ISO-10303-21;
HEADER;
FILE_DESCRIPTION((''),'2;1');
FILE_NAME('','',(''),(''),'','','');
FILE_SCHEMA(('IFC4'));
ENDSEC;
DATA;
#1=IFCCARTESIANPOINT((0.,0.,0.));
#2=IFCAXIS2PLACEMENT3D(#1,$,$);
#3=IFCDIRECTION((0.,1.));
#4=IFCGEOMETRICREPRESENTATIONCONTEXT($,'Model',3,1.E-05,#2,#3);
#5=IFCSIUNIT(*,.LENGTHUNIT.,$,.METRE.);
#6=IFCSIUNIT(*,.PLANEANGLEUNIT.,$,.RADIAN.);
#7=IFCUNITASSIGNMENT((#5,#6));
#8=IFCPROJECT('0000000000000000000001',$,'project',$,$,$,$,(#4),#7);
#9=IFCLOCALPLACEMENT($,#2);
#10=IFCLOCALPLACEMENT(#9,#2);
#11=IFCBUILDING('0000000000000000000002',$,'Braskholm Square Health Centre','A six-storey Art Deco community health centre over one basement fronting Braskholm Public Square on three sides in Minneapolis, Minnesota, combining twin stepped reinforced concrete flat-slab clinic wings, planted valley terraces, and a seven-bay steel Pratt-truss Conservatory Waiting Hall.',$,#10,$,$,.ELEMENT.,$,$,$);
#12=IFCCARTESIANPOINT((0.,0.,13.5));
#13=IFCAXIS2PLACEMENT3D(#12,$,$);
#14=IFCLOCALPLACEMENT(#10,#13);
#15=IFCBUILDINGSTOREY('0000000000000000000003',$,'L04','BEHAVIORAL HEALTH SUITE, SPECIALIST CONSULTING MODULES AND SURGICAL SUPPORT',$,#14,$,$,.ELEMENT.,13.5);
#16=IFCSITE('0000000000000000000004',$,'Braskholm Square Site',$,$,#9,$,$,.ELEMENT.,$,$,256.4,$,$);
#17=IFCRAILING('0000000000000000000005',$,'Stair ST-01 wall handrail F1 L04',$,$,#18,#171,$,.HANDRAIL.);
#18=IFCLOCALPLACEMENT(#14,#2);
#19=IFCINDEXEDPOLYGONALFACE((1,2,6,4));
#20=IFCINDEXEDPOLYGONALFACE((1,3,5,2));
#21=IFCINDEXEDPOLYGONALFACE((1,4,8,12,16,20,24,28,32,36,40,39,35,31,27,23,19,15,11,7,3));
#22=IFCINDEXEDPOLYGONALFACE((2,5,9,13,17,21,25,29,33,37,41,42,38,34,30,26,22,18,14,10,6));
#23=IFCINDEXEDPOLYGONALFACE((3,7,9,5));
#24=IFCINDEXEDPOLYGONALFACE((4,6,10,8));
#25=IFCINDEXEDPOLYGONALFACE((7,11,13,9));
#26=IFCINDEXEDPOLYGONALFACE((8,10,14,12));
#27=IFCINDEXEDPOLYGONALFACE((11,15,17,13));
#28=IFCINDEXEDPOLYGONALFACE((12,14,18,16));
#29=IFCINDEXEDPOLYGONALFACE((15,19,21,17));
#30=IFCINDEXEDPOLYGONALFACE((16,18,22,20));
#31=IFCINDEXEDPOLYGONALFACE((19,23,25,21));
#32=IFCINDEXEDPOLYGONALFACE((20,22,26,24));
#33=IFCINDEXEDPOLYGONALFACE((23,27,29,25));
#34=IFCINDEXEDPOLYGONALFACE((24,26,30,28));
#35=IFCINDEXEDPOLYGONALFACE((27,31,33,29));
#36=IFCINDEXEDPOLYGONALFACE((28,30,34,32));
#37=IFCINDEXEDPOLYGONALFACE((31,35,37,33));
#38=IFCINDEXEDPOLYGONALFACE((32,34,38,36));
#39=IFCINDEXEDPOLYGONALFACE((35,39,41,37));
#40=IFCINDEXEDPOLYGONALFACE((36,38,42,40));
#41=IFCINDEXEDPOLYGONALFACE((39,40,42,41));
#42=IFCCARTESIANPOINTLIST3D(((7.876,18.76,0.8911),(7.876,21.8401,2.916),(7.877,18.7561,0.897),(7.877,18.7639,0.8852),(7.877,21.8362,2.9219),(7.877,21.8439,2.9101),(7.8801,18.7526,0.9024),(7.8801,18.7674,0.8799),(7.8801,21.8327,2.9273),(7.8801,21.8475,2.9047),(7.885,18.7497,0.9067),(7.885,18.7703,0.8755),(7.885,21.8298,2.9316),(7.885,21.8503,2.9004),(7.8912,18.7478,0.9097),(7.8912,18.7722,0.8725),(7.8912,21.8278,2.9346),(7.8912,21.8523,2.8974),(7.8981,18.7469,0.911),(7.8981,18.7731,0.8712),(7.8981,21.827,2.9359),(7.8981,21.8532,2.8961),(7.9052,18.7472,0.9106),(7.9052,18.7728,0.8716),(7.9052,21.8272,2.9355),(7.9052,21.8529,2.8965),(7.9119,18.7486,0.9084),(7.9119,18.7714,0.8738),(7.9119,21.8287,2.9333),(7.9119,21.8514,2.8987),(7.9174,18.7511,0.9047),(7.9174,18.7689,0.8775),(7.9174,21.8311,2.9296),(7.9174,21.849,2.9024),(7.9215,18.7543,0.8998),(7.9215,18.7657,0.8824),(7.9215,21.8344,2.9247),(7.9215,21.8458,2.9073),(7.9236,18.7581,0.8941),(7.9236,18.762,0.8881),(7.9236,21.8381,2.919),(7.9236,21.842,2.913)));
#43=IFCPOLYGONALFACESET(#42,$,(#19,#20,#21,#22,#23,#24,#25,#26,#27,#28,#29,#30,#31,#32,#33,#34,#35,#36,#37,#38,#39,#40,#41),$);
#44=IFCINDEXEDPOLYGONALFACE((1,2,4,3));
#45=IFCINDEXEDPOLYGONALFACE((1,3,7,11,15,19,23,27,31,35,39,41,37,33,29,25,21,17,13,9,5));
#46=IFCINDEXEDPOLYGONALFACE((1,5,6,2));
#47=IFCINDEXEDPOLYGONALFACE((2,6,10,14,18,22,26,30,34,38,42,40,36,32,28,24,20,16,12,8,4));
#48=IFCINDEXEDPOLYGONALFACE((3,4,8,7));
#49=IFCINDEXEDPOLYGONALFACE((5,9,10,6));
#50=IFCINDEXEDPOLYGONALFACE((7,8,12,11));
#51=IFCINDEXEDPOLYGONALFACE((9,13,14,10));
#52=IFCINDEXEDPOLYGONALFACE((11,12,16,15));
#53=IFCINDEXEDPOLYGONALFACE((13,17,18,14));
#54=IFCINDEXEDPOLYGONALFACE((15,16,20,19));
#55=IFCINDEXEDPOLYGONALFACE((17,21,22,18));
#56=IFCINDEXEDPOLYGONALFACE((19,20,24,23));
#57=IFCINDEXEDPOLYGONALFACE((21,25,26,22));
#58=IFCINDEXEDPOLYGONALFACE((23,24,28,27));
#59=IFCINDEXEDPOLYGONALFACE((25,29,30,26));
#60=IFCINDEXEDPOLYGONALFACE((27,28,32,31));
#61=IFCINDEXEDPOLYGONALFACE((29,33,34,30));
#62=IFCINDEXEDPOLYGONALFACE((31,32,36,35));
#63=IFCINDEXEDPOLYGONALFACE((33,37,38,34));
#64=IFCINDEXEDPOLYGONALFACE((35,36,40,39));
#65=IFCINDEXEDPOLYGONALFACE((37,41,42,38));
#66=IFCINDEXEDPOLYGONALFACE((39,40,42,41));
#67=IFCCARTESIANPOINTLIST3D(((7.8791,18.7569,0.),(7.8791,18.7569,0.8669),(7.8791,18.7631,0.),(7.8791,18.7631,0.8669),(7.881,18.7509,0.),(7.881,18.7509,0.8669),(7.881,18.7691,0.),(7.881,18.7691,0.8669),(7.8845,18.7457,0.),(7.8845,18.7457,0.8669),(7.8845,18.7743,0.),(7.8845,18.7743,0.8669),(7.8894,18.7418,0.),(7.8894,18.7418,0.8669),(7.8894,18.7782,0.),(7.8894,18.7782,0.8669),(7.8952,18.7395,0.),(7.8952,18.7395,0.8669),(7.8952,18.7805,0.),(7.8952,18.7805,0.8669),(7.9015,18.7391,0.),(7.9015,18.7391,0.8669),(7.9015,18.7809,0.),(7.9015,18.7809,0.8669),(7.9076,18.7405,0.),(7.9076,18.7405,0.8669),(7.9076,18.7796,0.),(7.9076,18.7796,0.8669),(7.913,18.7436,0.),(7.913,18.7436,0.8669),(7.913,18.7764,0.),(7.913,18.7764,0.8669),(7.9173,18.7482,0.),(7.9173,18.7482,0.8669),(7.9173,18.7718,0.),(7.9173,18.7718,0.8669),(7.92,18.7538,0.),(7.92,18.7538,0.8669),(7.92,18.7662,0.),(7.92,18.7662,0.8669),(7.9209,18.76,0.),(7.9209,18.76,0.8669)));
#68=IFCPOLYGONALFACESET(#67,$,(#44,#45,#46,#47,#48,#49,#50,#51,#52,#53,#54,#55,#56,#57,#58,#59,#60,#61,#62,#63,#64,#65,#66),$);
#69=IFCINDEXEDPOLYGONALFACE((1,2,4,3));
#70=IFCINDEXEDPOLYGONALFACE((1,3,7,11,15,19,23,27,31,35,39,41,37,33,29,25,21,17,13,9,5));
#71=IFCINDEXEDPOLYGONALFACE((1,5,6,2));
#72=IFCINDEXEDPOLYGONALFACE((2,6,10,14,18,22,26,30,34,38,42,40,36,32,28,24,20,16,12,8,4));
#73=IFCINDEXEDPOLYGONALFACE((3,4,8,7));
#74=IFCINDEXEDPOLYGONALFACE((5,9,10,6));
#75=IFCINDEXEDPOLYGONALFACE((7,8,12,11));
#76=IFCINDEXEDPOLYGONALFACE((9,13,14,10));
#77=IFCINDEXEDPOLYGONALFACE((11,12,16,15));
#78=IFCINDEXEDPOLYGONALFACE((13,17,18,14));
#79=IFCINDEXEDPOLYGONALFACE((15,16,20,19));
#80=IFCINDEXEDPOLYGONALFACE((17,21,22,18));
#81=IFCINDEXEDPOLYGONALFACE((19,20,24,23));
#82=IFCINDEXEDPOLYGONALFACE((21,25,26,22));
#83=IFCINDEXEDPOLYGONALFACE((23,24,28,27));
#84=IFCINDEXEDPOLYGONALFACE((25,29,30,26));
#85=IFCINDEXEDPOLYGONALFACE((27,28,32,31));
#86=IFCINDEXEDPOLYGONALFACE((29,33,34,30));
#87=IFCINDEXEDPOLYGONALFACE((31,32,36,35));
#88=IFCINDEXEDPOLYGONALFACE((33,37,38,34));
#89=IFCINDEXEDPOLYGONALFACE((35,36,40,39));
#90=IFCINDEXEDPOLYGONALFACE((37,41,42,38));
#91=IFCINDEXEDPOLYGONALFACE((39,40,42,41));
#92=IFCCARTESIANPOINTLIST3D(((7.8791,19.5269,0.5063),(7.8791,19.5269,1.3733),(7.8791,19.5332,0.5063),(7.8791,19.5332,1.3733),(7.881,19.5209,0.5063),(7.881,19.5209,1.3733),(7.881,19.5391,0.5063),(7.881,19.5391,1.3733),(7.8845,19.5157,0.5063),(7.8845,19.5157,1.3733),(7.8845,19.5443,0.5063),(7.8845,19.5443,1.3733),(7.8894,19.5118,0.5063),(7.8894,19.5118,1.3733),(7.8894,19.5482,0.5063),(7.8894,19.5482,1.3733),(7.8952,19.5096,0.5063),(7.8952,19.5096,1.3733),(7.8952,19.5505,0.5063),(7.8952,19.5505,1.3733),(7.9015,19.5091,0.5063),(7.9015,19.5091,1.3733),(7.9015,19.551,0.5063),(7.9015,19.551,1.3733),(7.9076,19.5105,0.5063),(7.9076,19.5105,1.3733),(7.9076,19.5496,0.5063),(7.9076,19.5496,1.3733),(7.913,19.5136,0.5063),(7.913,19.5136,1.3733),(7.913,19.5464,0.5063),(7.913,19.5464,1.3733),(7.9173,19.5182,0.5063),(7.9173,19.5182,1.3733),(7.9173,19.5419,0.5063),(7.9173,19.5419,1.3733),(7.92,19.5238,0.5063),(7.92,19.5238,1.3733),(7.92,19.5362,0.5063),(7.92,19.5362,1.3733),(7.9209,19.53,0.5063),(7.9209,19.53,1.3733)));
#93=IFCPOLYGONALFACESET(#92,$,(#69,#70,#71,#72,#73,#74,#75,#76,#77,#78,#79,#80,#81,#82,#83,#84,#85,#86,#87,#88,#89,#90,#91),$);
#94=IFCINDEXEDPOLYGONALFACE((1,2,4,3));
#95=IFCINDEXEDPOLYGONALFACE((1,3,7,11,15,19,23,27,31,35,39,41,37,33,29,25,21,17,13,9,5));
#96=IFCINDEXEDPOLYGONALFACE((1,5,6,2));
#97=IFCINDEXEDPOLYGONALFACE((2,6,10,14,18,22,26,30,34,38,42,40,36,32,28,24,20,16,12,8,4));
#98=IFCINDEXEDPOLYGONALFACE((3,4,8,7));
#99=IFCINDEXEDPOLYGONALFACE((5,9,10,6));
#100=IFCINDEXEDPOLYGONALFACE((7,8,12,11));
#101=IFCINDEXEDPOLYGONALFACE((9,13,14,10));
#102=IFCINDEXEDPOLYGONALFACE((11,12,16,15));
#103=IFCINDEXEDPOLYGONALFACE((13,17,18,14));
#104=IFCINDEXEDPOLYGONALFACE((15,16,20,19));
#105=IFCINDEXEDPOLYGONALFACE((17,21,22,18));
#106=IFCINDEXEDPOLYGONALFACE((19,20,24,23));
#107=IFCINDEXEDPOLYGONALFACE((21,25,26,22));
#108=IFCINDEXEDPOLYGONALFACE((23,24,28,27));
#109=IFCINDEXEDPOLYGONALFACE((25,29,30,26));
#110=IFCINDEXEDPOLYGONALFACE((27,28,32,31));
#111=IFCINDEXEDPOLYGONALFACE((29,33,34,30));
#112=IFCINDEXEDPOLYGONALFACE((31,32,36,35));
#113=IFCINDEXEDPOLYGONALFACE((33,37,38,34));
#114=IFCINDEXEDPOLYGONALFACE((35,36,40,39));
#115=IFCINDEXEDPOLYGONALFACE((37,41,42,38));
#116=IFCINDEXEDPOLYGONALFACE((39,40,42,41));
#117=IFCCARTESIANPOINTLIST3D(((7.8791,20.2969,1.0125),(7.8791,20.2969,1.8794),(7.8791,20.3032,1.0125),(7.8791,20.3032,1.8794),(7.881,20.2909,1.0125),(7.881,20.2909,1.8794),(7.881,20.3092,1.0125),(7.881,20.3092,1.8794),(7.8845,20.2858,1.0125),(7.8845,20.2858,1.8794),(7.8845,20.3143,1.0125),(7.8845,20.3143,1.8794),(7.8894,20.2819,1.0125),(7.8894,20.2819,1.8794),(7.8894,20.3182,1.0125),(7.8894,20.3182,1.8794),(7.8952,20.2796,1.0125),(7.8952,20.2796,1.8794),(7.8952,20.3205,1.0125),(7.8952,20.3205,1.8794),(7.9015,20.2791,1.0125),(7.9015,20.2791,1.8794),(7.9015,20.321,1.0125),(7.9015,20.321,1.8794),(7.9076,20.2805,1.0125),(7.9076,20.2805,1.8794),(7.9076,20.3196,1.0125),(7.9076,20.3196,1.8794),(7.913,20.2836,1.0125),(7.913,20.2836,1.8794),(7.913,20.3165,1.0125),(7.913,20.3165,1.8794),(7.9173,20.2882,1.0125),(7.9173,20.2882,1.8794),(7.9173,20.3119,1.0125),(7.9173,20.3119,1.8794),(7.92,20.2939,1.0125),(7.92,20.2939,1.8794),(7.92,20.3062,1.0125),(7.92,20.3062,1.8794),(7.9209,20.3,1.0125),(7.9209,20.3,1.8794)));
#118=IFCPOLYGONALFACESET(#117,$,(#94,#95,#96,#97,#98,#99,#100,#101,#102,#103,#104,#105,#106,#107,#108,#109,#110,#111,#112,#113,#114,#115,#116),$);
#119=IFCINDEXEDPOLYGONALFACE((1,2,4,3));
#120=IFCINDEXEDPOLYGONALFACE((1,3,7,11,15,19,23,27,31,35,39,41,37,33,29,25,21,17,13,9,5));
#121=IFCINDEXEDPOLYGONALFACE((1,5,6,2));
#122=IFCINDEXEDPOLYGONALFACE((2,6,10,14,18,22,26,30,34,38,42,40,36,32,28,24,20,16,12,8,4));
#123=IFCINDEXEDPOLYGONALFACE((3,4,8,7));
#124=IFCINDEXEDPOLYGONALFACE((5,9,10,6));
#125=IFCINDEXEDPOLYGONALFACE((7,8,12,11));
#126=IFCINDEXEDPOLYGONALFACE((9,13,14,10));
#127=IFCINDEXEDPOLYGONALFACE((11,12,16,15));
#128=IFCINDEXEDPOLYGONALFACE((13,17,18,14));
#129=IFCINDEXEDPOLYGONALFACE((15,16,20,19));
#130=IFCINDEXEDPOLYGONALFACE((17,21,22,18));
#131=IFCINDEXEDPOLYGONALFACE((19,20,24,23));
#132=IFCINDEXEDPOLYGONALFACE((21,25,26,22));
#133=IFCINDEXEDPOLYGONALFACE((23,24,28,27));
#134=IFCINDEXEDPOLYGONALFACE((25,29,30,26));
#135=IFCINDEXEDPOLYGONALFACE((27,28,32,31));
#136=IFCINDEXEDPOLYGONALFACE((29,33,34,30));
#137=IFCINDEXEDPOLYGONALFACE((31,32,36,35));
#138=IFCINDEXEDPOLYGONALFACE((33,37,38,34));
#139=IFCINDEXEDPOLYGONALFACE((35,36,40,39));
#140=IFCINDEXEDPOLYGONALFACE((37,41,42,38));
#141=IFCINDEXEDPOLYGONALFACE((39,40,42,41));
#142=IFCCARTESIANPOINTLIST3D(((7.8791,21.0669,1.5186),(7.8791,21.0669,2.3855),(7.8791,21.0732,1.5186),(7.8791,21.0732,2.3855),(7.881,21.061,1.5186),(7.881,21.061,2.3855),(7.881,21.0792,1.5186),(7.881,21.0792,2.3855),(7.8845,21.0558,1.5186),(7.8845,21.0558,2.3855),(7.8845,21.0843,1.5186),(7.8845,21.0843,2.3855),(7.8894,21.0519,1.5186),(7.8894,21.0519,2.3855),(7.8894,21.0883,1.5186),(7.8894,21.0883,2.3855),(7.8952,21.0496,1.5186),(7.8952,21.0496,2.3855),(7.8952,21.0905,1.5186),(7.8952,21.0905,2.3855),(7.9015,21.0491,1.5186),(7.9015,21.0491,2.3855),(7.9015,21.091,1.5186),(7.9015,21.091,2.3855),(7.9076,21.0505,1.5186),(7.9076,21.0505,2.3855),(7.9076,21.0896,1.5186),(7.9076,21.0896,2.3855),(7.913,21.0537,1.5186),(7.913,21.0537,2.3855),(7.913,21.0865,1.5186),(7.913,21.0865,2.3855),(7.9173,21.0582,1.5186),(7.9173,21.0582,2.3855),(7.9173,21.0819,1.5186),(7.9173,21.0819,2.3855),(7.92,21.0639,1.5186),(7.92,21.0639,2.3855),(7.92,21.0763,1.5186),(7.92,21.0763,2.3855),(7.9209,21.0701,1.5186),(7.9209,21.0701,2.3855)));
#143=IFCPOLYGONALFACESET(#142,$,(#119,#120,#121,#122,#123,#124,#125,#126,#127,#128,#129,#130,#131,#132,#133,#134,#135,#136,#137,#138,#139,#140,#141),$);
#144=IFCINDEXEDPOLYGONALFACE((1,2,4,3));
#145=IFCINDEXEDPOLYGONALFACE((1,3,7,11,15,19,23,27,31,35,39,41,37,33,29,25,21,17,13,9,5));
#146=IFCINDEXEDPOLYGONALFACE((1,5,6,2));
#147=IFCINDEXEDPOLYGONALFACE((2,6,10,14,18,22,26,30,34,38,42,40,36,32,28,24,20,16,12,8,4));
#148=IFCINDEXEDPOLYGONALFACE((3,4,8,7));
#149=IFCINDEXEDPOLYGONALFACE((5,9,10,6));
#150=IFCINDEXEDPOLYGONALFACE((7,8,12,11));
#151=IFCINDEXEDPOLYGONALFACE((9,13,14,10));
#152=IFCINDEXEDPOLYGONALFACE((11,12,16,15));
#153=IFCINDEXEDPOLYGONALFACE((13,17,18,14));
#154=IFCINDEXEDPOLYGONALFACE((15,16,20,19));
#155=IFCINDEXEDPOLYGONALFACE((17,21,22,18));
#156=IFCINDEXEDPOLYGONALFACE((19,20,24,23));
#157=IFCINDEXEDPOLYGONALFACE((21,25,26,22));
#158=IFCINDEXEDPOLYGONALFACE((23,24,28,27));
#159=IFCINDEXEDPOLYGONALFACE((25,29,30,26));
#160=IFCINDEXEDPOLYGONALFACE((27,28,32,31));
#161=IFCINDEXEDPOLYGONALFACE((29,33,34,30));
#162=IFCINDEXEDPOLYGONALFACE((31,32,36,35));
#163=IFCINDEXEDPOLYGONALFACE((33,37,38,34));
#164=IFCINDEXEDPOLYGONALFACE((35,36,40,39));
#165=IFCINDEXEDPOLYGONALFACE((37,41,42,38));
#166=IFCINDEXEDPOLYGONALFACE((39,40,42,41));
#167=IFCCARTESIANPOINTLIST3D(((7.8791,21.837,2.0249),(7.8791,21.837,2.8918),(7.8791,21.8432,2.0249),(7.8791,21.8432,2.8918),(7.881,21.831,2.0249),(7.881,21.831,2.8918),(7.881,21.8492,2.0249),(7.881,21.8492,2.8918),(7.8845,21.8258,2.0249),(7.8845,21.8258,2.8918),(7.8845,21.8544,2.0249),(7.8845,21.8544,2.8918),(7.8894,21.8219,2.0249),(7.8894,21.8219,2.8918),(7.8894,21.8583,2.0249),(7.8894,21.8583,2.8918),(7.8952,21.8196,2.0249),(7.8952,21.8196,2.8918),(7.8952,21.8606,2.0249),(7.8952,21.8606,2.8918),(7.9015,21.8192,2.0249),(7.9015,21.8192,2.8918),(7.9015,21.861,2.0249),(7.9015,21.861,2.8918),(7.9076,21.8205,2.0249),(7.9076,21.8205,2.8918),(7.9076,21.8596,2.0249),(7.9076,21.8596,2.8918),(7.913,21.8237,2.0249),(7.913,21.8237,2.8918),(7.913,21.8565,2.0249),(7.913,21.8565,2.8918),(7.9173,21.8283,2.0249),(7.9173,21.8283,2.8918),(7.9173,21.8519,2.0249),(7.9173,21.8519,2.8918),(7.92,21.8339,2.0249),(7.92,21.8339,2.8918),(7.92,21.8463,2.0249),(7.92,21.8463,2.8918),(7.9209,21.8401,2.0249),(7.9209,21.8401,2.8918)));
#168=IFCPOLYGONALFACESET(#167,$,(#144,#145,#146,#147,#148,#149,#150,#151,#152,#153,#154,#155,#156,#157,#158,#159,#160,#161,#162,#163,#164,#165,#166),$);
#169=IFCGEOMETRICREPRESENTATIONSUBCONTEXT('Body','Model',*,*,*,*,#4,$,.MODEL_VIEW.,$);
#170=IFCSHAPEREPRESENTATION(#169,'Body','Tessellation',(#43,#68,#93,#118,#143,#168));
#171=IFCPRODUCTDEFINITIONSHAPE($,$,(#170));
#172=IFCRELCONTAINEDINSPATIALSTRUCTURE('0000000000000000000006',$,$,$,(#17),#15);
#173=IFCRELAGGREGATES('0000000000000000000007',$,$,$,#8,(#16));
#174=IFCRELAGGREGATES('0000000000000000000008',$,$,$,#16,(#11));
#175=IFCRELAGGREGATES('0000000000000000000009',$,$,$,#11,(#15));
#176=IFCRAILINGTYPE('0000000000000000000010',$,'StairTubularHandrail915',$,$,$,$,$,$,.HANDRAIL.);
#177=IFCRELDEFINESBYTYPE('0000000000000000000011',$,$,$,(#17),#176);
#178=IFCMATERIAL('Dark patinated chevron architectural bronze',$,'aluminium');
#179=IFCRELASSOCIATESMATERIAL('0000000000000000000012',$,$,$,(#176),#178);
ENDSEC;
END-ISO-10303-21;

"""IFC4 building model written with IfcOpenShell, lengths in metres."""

from ifc_helpers import new_model, si_unit, direction, frame, origin, origin_2d, place, context, subcontext, project, spatial, circle, extrude, material, type_object, element, save


model = new_model("IFC4")

# Units and contexts
model_context = context("Model", 3, precision=1e-05, world=origin(), true_north=direction((0.0, 1.0)))
body_context = subcontext(model_context, "Body", "Model", "MODEL_VIEW")
ifc_project = project(units=[si_unit("LENGTHUNIT", "METRE"), si_unit("PLANEANGLEUNIT", "RADIAN")], contexts=[model_context])

# Site, building, storey
site_placement = place(None, origin())
site = spatial("IfcSite", under=ifc_project, at=site_placement, Name="Braskholm Square Site", CompositionType="ELEMENT", RefElevation=256.4)
building_placement = place(site_placement, origin())
building = spatial("IfcBuilding", under=site, at=building_placement, Name="Braskholm Square Health Centre", Description="A six-storey Art Deco community health centre over one basement fronting Braskholm Public Square on three sides in Minneapolis, Minnesota, combining twin stepped reinforced concrete flat-slab clinic wings, planted valley terraces, and a seven-bay steel Pratt-truss Conservatory Waiting Hall.", CompositionType="ELEMENT")
storey_placement = place(building_placement, frame((0.0, 0.0, 13.5)))
storey = spatial("IfcBuildingStorey", under=building, at=storey_placement, Name="L04", Description="BEHAVIORAL HEALTH SUITE, SPECIALIST CONSULTING MODULES AND SURGICAL SUPPORT", CompositionType="ELEMENT", Elevation=13.5)

# Railing
ifc_material_1 = material(Name="Dark patinated chevron architectural bronze", Category="aluminium")
railing_type_1 = type_object("IfcRailingType", Name="StairTubularHandrail915", PredefinedType="HANDRAIL", material=ifc_material_1)
railing_1_placement = place(storey_placement, frame((7.8999, 18.76, 0.0)))
element("IfcRailing", 1, at=railing_1_placement, inside=storey, type_object=railing_type_1, Name="Stair ST-01 wall handrail F1 L04", PredefinedType="HANDRAIL", context=body_context, shape_type="SweptSolid", body=[
    extrude(circle(Radius=0.0239, at=origin_2d()), frame((0.0, 0.0, 0.8911), z_axis=(0.0, 0.8356, 0.549339), x_axis=(-1.0, 0.0, 0.0)), (0.0, 0.0, 1.0), 3.686),
    extrude(circle(Radius=0.021, at=origin_2d()), origin(), (0.0, 0.0, 1.0), 0.8669),
    extrude(circle(Radius=0.021, at=origin_2d()), frame((0.0, 0.77, 0.5063)), (0.0, 0.0, 1.0), 0.8669),
    extrude(circle(Radius=0.021, at=origin_2d()), frame((0.0, 1.54, 1.0125)), (0.0, 0.0, 1.0), 0.8669),
    extrude(circle(Radius=0.021, at=origin_2d()), frame((0.0, 2.3101, 1.5186)), (0.0, 0.0, 1.0), 0.8669),
    extrude(circle(Radius=0.021, at=origin_2d()), frame((0.0, 3.0801, 2.0249)), (0.0, 0.0, 1.0), 0.8669),
])

save(model, "model.ifc")
